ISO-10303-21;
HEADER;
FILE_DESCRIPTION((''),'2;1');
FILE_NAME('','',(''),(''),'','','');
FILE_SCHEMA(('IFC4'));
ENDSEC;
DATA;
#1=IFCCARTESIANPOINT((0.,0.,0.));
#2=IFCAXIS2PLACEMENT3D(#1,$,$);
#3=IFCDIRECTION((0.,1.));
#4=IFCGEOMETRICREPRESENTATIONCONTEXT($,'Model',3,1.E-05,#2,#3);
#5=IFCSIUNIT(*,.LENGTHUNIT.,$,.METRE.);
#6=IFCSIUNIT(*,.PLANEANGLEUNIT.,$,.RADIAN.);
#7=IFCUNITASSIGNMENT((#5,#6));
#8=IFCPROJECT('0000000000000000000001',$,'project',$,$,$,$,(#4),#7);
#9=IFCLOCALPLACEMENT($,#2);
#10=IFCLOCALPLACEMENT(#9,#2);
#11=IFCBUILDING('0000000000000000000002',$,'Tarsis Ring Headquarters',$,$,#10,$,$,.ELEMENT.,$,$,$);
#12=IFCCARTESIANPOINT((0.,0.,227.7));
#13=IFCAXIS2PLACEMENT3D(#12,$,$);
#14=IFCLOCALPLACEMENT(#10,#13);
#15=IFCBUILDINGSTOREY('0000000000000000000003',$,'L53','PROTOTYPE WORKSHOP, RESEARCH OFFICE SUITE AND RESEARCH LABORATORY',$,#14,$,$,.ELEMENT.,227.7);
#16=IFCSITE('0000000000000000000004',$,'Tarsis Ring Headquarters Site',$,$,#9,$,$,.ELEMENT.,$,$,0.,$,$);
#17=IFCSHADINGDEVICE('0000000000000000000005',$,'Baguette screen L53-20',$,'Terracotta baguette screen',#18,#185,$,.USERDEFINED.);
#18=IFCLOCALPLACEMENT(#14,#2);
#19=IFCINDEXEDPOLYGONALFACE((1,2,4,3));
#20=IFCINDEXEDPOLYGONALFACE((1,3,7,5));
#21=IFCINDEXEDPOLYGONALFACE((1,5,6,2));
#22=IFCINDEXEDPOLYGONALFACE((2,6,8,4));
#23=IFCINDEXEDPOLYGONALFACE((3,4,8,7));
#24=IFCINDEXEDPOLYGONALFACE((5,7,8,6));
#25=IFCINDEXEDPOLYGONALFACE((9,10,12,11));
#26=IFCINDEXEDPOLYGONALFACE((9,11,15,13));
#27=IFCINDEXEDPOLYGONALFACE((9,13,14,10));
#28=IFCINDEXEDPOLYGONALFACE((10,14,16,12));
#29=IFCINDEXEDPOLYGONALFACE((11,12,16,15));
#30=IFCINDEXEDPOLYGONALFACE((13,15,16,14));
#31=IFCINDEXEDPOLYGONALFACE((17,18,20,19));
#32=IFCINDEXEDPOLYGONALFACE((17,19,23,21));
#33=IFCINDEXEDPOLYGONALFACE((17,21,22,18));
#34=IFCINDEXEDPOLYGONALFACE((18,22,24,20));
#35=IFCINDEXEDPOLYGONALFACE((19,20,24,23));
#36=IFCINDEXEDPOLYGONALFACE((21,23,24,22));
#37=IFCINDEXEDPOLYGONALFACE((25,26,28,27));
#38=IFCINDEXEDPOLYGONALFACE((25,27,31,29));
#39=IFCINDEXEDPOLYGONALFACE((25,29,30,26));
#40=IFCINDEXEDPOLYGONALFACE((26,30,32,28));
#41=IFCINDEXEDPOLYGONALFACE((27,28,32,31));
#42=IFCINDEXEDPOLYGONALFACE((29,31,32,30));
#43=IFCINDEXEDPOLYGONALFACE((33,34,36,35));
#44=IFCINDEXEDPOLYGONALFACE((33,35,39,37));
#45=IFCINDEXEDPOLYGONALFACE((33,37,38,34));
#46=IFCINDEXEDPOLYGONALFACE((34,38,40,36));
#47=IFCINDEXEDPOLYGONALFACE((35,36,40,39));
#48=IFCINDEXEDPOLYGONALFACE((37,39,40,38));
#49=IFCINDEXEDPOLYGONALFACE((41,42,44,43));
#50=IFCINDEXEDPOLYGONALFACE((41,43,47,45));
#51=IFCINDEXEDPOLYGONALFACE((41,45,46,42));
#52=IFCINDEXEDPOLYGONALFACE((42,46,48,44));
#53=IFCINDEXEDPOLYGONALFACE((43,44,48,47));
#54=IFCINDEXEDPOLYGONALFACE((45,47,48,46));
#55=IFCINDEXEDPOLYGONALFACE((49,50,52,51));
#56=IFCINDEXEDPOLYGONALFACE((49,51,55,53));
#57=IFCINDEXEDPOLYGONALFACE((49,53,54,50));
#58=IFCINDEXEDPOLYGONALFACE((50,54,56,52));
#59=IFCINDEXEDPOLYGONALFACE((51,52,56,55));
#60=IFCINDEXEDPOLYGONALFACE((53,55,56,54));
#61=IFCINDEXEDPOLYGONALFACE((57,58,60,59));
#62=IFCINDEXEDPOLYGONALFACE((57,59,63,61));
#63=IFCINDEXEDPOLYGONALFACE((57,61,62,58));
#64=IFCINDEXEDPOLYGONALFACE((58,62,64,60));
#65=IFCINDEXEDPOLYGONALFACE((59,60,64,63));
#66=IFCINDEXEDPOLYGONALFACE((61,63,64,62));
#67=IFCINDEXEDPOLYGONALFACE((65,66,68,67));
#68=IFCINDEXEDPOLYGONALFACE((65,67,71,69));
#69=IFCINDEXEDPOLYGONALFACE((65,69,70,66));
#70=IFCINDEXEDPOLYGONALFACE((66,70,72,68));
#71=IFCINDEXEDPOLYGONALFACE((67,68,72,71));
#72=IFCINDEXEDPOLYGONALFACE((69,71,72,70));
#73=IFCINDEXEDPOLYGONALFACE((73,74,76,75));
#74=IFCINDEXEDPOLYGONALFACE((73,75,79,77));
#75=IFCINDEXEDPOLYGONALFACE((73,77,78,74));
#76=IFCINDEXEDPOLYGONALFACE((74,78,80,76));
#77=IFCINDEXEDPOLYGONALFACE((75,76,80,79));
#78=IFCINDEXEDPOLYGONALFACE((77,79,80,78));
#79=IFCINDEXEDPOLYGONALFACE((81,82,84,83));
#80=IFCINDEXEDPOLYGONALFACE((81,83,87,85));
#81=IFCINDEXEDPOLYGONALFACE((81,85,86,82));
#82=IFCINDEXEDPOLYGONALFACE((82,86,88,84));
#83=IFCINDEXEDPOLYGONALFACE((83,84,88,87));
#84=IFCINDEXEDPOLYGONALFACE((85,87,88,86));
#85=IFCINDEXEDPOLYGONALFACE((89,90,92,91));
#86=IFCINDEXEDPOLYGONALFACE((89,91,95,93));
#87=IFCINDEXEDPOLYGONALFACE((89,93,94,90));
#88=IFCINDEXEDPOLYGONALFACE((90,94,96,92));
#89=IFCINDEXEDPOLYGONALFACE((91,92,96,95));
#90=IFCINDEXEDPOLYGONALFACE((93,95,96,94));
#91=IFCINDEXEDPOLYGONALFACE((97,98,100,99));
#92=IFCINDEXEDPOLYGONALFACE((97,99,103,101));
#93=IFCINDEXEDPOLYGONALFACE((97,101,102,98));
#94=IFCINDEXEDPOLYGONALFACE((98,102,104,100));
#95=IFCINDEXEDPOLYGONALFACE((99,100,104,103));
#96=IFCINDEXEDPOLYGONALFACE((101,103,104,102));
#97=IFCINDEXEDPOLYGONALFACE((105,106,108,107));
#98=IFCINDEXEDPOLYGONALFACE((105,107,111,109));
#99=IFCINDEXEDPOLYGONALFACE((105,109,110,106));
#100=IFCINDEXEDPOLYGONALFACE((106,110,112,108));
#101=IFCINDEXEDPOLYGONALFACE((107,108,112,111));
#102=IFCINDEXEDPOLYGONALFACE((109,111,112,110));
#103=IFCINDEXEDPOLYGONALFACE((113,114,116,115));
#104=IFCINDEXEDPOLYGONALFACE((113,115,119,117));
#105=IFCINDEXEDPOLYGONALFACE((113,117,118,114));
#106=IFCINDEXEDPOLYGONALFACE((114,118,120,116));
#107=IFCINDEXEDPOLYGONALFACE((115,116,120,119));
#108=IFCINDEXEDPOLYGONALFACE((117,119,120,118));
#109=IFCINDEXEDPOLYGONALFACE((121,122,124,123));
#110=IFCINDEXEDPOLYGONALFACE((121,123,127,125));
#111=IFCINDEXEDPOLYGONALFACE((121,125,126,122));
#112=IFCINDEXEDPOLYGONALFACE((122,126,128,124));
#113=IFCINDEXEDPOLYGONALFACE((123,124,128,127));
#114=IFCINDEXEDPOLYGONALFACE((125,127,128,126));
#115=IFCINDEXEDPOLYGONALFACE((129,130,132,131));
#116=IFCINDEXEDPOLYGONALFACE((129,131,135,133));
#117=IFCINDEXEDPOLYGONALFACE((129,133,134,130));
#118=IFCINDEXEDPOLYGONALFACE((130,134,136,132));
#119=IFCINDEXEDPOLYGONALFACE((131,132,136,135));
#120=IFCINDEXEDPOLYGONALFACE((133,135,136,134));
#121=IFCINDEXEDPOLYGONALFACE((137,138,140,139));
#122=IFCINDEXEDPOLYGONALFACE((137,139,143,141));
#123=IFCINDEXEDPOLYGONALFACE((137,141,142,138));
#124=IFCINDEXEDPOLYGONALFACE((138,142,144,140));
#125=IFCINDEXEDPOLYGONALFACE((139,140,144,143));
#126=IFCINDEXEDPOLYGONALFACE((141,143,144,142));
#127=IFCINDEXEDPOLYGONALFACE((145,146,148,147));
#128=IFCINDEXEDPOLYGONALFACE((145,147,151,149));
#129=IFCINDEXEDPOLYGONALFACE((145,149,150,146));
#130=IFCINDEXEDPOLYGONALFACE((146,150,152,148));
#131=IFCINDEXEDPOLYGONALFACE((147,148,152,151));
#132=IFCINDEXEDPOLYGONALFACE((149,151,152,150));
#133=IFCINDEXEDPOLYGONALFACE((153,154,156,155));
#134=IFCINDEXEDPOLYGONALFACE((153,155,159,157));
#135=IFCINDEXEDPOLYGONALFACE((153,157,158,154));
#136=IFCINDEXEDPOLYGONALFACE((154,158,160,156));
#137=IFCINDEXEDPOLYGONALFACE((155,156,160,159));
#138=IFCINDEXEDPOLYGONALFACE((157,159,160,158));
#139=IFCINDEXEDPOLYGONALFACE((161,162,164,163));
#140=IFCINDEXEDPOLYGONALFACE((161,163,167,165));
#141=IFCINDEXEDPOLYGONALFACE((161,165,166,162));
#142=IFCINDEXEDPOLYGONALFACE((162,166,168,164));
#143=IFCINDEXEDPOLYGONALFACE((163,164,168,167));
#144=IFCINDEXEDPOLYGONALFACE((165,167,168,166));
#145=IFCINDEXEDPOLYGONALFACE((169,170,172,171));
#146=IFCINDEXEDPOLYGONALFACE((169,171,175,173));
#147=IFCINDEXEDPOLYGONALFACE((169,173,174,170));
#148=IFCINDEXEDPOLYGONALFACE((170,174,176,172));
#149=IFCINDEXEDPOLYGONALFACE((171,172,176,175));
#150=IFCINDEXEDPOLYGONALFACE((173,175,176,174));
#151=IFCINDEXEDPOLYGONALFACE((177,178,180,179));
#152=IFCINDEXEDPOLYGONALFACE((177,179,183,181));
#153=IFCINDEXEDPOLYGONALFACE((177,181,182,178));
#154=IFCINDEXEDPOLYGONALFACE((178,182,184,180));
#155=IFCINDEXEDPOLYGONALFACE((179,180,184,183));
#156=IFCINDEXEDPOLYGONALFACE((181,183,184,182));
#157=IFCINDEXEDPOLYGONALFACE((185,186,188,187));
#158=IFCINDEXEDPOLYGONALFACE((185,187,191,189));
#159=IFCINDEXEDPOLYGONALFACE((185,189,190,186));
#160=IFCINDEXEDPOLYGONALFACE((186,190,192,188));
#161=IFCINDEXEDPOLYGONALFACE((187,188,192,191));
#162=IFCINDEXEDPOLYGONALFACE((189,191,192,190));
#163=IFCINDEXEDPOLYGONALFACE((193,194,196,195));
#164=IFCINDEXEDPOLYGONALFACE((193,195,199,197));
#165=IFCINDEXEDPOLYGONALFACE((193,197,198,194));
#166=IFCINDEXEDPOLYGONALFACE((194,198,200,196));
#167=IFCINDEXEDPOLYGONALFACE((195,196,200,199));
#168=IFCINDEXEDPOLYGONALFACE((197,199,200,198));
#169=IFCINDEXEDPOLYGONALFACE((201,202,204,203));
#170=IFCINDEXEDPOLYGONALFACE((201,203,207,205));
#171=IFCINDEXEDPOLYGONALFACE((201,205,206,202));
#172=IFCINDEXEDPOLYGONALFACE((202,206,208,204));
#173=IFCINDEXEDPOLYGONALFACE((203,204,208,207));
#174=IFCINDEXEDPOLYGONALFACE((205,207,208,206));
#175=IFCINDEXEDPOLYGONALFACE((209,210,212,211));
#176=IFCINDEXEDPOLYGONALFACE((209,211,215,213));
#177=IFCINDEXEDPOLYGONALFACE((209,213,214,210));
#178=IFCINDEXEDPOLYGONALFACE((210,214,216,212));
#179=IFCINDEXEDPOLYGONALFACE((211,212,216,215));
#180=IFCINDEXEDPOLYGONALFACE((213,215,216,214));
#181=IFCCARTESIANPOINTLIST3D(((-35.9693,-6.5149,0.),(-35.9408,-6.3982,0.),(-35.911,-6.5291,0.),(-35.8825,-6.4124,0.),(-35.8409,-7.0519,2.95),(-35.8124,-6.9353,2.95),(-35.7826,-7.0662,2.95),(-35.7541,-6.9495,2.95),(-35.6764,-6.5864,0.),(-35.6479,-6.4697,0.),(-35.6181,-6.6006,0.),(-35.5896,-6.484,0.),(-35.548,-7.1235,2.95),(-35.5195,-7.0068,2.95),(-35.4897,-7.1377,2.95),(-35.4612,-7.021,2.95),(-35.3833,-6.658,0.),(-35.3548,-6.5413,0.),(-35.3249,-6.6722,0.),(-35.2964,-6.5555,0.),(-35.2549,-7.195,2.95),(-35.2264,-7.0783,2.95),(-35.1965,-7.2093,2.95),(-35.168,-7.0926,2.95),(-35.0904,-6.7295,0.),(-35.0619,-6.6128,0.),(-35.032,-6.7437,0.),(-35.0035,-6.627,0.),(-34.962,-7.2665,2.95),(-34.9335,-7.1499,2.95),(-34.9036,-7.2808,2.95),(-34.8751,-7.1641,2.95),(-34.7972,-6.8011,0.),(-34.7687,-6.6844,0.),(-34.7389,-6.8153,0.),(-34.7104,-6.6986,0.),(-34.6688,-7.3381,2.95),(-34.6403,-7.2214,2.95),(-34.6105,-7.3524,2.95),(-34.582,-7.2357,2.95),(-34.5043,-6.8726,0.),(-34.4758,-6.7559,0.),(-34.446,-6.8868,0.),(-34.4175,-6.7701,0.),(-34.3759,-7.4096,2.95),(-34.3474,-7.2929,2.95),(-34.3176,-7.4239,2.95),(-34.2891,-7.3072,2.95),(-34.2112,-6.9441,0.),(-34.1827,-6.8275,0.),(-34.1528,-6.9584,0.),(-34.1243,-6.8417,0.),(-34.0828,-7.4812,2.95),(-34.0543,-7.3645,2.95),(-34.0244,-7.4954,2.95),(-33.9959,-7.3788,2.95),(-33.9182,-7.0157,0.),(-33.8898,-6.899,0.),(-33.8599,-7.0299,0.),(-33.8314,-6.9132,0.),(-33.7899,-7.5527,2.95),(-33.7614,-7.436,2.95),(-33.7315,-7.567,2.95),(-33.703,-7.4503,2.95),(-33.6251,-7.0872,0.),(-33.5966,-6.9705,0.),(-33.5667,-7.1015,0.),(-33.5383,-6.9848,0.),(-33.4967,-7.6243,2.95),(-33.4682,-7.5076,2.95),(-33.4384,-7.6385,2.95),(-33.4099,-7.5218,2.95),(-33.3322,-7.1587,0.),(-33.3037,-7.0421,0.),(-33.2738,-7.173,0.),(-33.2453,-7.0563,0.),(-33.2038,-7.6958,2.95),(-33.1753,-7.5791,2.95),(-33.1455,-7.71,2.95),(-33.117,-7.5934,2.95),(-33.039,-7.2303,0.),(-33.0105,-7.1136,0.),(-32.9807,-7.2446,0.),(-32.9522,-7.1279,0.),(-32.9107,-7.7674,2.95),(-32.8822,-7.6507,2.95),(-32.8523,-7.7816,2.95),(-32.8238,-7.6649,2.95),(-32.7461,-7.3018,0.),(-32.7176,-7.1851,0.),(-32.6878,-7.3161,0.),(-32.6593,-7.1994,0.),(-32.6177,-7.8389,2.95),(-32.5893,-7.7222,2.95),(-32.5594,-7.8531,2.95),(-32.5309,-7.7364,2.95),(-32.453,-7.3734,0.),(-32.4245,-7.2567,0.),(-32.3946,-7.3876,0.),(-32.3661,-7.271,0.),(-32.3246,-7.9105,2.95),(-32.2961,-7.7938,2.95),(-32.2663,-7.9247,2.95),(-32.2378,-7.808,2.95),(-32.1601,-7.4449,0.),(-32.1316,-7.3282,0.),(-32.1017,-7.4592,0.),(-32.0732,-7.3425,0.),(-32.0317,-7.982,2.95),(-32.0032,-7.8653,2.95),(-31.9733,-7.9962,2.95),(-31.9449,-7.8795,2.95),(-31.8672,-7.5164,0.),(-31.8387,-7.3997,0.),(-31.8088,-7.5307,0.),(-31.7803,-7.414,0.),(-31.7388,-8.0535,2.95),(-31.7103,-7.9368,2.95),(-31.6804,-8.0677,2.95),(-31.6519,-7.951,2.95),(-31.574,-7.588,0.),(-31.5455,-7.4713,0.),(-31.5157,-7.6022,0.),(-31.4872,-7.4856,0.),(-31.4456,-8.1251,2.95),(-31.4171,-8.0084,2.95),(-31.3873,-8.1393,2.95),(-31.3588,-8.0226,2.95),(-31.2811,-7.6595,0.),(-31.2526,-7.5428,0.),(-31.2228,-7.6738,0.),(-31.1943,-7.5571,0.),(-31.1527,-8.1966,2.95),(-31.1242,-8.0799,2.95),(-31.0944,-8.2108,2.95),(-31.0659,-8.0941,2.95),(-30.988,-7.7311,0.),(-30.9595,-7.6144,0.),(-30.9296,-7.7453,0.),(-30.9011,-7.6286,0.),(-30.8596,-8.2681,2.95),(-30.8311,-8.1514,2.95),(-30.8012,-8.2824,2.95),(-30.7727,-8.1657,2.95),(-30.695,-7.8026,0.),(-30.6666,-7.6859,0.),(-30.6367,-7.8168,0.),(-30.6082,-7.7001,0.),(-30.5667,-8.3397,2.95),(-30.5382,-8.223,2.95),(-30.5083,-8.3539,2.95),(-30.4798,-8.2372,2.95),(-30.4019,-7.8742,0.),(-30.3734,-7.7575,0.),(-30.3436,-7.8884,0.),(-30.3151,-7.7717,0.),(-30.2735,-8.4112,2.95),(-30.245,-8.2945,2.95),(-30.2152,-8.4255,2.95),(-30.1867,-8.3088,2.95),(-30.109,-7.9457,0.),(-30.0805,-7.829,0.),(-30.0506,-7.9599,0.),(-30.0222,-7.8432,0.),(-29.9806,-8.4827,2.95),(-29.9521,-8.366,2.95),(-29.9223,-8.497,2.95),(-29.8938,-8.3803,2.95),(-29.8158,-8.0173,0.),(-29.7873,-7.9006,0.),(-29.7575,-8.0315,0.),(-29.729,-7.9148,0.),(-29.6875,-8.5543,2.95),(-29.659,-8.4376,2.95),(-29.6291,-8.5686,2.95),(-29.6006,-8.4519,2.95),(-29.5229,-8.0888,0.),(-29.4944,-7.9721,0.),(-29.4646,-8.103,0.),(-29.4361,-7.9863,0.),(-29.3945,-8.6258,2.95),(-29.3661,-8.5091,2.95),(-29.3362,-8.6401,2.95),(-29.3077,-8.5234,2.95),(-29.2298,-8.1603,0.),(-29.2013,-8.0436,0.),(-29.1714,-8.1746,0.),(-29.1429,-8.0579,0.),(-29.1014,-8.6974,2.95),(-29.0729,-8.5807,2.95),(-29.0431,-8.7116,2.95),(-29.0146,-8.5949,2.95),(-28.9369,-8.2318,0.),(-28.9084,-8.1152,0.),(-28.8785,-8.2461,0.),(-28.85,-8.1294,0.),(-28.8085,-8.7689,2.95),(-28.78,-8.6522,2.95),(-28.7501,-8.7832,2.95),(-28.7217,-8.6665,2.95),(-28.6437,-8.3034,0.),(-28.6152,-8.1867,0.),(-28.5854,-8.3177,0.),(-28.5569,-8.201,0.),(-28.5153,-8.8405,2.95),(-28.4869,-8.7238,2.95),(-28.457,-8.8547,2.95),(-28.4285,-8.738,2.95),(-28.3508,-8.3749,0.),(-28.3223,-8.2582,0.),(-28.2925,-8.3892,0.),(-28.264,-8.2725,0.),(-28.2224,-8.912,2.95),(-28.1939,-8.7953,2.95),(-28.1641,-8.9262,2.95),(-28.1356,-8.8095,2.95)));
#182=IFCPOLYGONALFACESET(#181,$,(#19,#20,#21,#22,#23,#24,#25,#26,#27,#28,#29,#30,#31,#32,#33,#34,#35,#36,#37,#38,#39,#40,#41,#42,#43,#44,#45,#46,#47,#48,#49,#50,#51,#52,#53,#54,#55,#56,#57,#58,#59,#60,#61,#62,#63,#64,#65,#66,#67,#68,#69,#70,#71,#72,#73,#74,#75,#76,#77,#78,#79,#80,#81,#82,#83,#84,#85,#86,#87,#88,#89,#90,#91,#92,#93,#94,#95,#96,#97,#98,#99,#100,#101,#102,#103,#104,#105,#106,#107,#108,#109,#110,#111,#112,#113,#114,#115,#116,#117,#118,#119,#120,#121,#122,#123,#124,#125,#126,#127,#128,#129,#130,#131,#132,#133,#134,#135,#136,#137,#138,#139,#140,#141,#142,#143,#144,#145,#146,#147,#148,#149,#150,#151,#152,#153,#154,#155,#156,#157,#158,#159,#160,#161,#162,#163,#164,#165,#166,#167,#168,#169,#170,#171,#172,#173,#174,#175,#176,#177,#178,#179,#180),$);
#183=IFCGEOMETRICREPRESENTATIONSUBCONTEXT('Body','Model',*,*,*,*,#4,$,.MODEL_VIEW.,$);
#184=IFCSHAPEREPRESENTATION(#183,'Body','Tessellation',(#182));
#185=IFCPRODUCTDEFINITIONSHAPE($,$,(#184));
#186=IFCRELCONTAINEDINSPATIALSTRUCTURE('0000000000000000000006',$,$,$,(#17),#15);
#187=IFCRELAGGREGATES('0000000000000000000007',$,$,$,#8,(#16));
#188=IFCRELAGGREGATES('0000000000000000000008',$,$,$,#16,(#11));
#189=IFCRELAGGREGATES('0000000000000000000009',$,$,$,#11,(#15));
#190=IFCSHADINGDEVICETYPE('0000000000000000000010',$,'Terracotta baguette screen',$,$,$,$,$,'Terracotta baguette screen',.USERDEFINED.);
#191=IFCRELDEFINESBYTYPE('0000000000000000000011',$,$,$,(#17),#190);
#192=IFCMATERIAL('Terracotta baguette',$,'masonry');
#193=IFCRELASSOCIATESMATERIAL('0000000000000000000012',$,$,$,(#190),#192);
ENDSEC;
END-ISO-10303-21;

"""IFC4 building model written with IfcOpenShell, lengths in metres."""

from ifc_helpers import new_model, si_unit, direction, frame, frame_2d, origin, place, context, subcontext, project, spatial, rectangle, composite_profile, extrude, material, type_object, element, save


model = new_model("IFC4")

# Units and contexts
model_context = context("Model", 3, precision=1e-05, world=origin(), true_north=direction((0.0, 1.0)))
body_context = subcontext(model_context, "Body", "Model", "MODEL_VIEW")
ifc_project = project(units=[si_unit("LENGTHUNIT", "METRE"), si_unit("PLANEANGLEUNIT", "RADIAN")], contexts=[model_context])

# Site, building, storey
site_placement = place(None, origin())
site = spatial("IfcSite", under=ifc_project, at=site_placement, Name="Tarsis Ring Headquarters Site", CompositionType="ELEMENT", RefElevation=0.0)
building_placement = place(site_placement, origin())
building = spatial("IfcBuilding", under=site, at=building_placement, Name="Tarsis Ring Headquarters", CompositionType="ELEMENT")
storey_placement = place(building_placement, frame((0.0, 0.0, 227.7)))
storey = spatial("IfcBuildingStorey", under=building, at=storey_placement, Name="L53", Description="PROTOTYPE WORKSHOP, RESEARCH OFFICE SUITE AND RESEARCH LABORATORY", CompositionType="ELEMENT", Elevation=227.7)

# Shading device
ifc_material_1 = material(Name="Terracotta baguette", Category="masonry")
shading_device_type = type_object("IfcShadingDeviceType", Name="Terracotta baguette screen", ElementType="Terracotta baguette screen", PredefinedType="USERDEFINED", material=ifc_material_1)
shading_device_1_placement = place(storey_placement, frame((-35.9551, -6.4565, 0.0), z_axis=(0.0, 0.0, 1.0), x_axis=(0.971453, -0.237179, 0.0)))
element("IfcShadingDevice", 1, at=shading_device_1_placement, inside=storey, type_object=shading_device_type, Name="Baguette screen L53-20", ObjectType="Terracotta baguette screen", PredefinedType="USERDEFINED", context=body_context, shape_type="SweptSolid", body=[
    extrude(composite_profile([rectangle(XDim=0.0601, YDim=0.1201, at=frame_2d((0.03, 0.0))), rectangle(XDim=0.0601, YDim=0.1201, at=frame_2d((0.3315, 0.0))), rectangle(XDim=0.0601, YDim=0.1201, at=frame_2d((0.6333, 0.0))), rectangle(XDim=0.0601, YDim=0.1201, at=frame_2d((0.9348, 0.0))), rectangle(XDim=0.0601, YDim=0.1201, at=frame_2d((1.2366, 0.0))), rectangle(XDim=0.0601, YDim=0.1201, at=frame_2d((1.5381, 0.0))), rectangle(XDim=0.0601, YDim=0.1201, at=frame_2d((1.8398, 0.0))), rectangle(XDim=0.0601, YDim=0.1201, at=frame_2d((2.1414, 0.0))), rectangle(XDim=0.0601, YDim=0.1201, at=frame_2d((2.4431, 0.0))), rectangle(XDim=0.0601, YDim=0.1201, at=frame_2d((2.7446, 0.0))), rectangle(XDim=0.0601, YDim=0.1201, at=frame_2d((3.0464, 0.0))), rectangle(XDim=0.0601, YDim=0.1201, at=frame_2d((3.3479, 0.0))), rectangle(XDim=0.0601, YDim=0.1201, at=frame_2d((3.6497, 0.0))), rectangle(XDim=0.0601, YDim=0.1201, at=frame_2d((3.9512, 0.0))), rectangle(XDim=0.0601, YDim=0.1201, at=frame_2d((4.2527, 0.0))), rectangle(XDim=0.0601, YDim=0.1201, at=frame_2d((4.5544, 0.0))), rectangle(XDim=0.0601, YDim=0.1201, at=frame_2d((4.856, 0.0))), rectangle(XDim=0.0601, YDim=0.1201, at=frame_2d((5.1577, 0.0))), rectangle(XDim=0.0601, YDim=0.1201, at=frame_2d((5.4592, 0.0))), rectangle(XDim=0.0601, YDim=0.1201, at=frame_2d((5.761, 0.0))), rectangle(XDim=0.0601, YDim=0.1201, at=frame_2d((6.0625, 0.0))), rectangle(XDim=0.0601, YDim=0.1201, at=frame_2d((6.3643, 0.0))), rectangle(XDim=0.0601, YDim=0.1201, at=frame_2d((6.6658, 0.0))), rectangle(XDim=0.0601, YDim=0.1201, at=frame_2d((6.9675, 0.0))), rectangle(XDim=0.0601, YDim=0.1201, at=frame_2d((7.269, 0.0))), rectangle(XDim=0.0601, YDim=0.1201, at=frame_2d((7.5708, 0.0))), rectangle(XDim=0.0601, YDim=0.1201, at=frame_2d((7.8723, 0.0)))]), origin(), (0.083999, -0.163694, 0.982928), 3.0012),
])

save(model, "model.ifc")
